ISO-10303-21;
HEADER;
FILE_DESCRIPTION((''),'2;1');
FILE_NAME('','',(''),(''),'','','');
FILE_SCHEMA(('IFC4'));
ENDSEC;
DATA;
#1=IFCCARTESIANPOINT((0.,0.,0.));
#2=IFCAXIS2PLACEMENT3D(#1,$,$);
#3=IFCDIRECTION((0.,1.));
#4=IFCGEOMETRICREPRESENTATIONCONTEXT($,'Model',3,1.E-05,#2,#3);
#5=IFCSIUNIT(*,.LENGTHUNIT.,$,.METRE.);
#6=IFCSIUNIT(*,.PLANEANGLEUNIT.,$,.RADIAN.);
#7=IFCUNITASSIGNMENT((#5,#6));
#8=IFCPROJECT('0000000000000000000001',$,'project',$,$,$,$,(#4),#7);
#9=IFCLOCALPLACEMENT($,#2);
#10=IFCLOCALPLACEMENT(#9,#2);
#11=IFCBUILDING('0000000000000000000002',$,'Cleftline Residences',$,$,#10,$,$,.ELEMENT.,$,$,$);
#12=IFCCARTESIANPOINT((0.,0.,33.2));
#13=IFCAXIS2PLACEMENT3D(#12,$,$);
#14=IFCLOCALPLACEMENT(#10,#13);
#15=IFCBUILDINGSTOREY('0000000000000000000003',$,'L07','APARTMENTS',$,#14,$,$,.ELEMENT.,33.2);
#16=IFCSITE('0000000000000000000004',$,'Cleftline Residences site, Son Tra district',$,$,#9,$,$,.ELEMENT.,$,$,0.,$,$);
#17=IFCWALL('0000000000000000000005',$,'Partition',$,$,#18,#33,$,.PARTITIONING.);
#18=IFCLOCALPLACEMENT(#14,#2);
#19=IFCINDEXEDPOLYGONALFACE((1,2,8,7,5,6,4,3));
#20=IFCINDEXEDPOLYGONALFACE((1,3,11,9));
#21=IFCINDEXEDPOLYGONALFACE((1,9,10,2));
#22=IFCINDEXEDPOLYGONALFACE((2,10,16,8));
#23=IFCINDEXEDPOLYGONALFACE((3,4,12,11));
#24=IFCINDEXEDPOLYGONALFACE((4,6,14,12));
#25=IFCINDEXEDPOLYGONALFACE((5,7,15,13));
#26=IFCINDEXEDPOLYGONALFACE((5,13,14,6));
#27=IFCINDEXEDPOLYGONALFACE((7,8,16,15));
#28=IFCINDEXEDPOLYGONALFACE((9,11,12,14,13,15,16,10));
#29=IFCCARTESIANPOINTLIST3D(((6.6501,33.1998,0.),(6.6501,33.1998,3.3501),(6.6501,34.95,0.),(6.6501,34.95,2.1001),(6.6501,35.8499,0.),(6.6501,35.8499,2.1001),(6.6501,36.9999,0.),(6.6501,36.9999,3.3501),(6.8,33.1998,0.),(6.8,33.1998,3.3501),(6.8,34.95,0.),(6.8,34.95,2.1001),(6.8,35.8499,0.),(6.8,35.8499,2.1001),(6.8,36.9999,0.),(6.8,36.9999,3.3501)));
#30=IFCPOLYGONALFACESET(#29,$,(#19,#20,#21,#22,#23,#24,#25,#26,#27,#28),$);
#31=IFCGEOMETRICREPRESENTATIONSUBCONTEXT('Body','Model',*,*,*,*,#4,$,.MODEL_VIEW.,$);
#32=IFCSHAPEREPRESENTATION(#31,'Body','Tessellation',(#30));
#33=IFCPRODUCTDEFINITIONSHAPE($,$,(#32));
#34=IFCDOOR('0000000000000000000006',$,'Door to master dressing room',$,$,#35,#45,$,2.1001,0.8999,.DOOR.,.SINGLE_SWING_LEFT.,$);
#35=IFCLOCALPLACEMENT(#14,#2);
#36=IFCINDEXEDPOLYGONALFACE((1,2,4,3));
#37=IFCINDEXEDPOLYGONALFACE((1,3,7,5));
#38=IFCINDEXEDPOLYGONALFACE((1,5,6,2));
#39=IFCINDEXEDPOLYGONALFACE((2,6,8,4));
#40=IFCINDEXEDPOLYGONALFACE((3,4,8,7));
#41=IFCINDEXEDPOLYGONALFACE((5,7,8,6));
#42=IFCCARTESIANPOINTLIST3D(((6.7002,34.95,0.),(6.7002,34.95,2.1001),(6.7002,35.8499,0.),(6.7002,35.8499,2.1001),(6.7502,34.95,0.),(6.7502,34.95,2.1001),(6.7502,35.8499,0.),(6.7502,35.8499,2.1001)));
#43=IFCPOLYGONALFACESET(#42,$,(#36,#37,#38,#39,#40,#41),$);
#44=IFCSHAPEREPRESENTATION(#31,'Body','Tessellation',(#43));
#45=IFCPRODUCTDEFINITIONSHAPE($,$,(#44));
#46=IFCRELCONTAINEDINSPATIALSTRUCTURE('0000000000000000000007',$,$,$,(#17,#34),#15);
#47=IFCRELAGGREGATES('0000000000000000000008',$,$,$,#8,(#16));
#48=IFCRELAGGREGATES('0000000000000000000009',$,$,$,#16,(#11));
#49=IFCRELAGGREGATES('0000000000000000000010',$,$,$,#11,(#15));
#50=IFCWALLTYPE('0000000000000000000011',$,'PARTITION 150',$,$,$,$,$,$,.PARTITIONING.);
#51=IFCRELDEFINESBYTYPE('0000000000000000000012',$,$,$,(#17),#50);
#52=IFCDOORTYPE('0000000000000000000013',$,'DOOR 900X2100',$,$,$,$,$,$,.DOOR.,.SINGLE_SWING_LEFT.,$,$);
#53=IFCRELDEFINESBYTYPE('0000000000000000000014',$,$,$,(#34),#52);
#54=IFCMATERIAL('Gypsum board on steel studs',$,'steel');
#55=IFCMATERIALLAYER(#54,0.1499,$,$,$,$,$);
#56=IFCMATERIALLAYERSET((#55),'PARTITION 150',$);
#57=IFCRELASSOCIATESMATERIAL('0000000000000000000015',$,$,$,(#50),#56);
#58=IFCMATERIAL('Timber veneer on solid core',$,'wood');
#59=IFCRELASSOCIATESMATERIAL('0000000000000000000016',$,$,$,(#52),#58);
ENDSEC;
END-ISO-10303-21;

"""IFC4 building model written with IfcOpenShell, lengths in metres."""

from ifc_helpers import new_model, si_unit, direction, frame, frame_2d, origin, place, context, subcontext, project, spatial, rectangle, extrude, material, layer, layer_set, type_object, element, fill, save


model = new_model("IFC4")

# Units and contexts
model_context = context("Model", 3, precision=1e-05, world=origin(), true_north=direction((0.0, 1.0)))
body_context = subcontext(model_context, "Body", "Model", "MODEL_VIEW")
ifc_project = project(units=[si_unit("LENGTHUNIT", "METRE"), si_unit("PLANEANGLEUNIT", "RADIAN")], contexts=[model_context])

# Site, building, storey
site_placement = place(None, origin())
site = spatial("IfcSite", under=ifc_project, at=site_placement, Name="Cleftline Residences site, Son Tra district", CompositionType="ELEMENT", RefElevation=0.0)
building_placement = place(site_placement, origin())
building = spatial("IfcBuilding", under=site, at=building_placement, Name="Cleftline Residences", CompositionType="ELEMENT")
storey_placement = place(building_placement, frame((0.0, 0.0, 33.2)))
storey = spatial("IfcBuildingStorey", under=building, at=storey_placement, Name="L07", Description="APARTMENTS", CompositionType="ELEMENT", Elevation=33.2)

# Shared definitions
ifc_material_1 = material(Name="Gypsum board on steel studs", Category="steel")
ifc_layer = layer(ifc_material_1, 0.1499)
ifc_layer_set = layer_set([ifc_layer], Name="PARTITION 150")
wall_type = type_object("IfcWallType", Name="PARTITION 150", PredefinedType="PARTITIONING", material=ifc_layer_set)

# Shared definitions
ifc_material_2 = material(Name="Timber veneer on solid core", Category="wood")
door_type_1 = type_object("IfcDoorType", Name="DOOR 900X2100", OperationType="SINGLE_SWING_LEFT", PredefinedType="DOOR", material=ifc_material_2)

# Wall, opening, door
wall_1_placement = place(storey_placement, frame((6.7251, 33.2, 0.0), z_axis=(0.0, 0.0, 1.0), x_axis=(0.0, 1.0, 0.0)))
wall_1 = element("IfcWall", 1, at=wall_1_placement, inside=storey, type_object=wall_type, Name="Partition", PredefinedType="PARTITIONING", context=body_context, shape_type="SweptSolid", body=[
    extrude(rectangle(XDim=3.8, YDim=0.1499, at=frame_2d((1.8999, 0.0))), origin(), (0.0, 0.0, 1.0), 3.3501),
])
opening_1_placement = place(wall_1_placement, frame((1.75, 0.0, 0.0)))
opening_1 = element("IfcOpeningElement", 2, at=opening_1_placement, cuts=wall_1, PredefinedType="OPENING", context=body_context, shape_type="SweptSolid", body=[
    extrude(rectangle(XDim=0.8999, YDim=2.1001, at=frame_2d((0.45, 1.05))), frame((0.0, 0.085, 0.0), z_axis=(0.0, -1.0, 0.0), x_axis=(1.0, 0.0, 0.0)), (0.0, 0.0, 1.0), 0.1699),
])
door_1_placement = place(opening_1_placement, origin())
door_1 = element("IfcDoor", 3, at=door_1_placement, inside=storey, type_object=door_type_1, Name="Door to master dressing room", OperationType="SINGLE_SWING_LEFT", OverallHeight=2.1001, OverallWidth=0.8999, PredefinedType="DOOR", context=body_context, shape_type="SweptSolid", body=[
    extrude(rectangle(XDim=0.8999, YDim=2.1001, at=frame_2d((0.45, 1.05))), frame((0.0, 0.0249, 0.0), z_axis=(0.0, -1.0, 0.0), x_axis=(1.0, 0.0, 0.0)), (0.0, 0.0, 1.0), 0.05),
])
fill(opening_1, door_1)

save(model, "model.ifc")
